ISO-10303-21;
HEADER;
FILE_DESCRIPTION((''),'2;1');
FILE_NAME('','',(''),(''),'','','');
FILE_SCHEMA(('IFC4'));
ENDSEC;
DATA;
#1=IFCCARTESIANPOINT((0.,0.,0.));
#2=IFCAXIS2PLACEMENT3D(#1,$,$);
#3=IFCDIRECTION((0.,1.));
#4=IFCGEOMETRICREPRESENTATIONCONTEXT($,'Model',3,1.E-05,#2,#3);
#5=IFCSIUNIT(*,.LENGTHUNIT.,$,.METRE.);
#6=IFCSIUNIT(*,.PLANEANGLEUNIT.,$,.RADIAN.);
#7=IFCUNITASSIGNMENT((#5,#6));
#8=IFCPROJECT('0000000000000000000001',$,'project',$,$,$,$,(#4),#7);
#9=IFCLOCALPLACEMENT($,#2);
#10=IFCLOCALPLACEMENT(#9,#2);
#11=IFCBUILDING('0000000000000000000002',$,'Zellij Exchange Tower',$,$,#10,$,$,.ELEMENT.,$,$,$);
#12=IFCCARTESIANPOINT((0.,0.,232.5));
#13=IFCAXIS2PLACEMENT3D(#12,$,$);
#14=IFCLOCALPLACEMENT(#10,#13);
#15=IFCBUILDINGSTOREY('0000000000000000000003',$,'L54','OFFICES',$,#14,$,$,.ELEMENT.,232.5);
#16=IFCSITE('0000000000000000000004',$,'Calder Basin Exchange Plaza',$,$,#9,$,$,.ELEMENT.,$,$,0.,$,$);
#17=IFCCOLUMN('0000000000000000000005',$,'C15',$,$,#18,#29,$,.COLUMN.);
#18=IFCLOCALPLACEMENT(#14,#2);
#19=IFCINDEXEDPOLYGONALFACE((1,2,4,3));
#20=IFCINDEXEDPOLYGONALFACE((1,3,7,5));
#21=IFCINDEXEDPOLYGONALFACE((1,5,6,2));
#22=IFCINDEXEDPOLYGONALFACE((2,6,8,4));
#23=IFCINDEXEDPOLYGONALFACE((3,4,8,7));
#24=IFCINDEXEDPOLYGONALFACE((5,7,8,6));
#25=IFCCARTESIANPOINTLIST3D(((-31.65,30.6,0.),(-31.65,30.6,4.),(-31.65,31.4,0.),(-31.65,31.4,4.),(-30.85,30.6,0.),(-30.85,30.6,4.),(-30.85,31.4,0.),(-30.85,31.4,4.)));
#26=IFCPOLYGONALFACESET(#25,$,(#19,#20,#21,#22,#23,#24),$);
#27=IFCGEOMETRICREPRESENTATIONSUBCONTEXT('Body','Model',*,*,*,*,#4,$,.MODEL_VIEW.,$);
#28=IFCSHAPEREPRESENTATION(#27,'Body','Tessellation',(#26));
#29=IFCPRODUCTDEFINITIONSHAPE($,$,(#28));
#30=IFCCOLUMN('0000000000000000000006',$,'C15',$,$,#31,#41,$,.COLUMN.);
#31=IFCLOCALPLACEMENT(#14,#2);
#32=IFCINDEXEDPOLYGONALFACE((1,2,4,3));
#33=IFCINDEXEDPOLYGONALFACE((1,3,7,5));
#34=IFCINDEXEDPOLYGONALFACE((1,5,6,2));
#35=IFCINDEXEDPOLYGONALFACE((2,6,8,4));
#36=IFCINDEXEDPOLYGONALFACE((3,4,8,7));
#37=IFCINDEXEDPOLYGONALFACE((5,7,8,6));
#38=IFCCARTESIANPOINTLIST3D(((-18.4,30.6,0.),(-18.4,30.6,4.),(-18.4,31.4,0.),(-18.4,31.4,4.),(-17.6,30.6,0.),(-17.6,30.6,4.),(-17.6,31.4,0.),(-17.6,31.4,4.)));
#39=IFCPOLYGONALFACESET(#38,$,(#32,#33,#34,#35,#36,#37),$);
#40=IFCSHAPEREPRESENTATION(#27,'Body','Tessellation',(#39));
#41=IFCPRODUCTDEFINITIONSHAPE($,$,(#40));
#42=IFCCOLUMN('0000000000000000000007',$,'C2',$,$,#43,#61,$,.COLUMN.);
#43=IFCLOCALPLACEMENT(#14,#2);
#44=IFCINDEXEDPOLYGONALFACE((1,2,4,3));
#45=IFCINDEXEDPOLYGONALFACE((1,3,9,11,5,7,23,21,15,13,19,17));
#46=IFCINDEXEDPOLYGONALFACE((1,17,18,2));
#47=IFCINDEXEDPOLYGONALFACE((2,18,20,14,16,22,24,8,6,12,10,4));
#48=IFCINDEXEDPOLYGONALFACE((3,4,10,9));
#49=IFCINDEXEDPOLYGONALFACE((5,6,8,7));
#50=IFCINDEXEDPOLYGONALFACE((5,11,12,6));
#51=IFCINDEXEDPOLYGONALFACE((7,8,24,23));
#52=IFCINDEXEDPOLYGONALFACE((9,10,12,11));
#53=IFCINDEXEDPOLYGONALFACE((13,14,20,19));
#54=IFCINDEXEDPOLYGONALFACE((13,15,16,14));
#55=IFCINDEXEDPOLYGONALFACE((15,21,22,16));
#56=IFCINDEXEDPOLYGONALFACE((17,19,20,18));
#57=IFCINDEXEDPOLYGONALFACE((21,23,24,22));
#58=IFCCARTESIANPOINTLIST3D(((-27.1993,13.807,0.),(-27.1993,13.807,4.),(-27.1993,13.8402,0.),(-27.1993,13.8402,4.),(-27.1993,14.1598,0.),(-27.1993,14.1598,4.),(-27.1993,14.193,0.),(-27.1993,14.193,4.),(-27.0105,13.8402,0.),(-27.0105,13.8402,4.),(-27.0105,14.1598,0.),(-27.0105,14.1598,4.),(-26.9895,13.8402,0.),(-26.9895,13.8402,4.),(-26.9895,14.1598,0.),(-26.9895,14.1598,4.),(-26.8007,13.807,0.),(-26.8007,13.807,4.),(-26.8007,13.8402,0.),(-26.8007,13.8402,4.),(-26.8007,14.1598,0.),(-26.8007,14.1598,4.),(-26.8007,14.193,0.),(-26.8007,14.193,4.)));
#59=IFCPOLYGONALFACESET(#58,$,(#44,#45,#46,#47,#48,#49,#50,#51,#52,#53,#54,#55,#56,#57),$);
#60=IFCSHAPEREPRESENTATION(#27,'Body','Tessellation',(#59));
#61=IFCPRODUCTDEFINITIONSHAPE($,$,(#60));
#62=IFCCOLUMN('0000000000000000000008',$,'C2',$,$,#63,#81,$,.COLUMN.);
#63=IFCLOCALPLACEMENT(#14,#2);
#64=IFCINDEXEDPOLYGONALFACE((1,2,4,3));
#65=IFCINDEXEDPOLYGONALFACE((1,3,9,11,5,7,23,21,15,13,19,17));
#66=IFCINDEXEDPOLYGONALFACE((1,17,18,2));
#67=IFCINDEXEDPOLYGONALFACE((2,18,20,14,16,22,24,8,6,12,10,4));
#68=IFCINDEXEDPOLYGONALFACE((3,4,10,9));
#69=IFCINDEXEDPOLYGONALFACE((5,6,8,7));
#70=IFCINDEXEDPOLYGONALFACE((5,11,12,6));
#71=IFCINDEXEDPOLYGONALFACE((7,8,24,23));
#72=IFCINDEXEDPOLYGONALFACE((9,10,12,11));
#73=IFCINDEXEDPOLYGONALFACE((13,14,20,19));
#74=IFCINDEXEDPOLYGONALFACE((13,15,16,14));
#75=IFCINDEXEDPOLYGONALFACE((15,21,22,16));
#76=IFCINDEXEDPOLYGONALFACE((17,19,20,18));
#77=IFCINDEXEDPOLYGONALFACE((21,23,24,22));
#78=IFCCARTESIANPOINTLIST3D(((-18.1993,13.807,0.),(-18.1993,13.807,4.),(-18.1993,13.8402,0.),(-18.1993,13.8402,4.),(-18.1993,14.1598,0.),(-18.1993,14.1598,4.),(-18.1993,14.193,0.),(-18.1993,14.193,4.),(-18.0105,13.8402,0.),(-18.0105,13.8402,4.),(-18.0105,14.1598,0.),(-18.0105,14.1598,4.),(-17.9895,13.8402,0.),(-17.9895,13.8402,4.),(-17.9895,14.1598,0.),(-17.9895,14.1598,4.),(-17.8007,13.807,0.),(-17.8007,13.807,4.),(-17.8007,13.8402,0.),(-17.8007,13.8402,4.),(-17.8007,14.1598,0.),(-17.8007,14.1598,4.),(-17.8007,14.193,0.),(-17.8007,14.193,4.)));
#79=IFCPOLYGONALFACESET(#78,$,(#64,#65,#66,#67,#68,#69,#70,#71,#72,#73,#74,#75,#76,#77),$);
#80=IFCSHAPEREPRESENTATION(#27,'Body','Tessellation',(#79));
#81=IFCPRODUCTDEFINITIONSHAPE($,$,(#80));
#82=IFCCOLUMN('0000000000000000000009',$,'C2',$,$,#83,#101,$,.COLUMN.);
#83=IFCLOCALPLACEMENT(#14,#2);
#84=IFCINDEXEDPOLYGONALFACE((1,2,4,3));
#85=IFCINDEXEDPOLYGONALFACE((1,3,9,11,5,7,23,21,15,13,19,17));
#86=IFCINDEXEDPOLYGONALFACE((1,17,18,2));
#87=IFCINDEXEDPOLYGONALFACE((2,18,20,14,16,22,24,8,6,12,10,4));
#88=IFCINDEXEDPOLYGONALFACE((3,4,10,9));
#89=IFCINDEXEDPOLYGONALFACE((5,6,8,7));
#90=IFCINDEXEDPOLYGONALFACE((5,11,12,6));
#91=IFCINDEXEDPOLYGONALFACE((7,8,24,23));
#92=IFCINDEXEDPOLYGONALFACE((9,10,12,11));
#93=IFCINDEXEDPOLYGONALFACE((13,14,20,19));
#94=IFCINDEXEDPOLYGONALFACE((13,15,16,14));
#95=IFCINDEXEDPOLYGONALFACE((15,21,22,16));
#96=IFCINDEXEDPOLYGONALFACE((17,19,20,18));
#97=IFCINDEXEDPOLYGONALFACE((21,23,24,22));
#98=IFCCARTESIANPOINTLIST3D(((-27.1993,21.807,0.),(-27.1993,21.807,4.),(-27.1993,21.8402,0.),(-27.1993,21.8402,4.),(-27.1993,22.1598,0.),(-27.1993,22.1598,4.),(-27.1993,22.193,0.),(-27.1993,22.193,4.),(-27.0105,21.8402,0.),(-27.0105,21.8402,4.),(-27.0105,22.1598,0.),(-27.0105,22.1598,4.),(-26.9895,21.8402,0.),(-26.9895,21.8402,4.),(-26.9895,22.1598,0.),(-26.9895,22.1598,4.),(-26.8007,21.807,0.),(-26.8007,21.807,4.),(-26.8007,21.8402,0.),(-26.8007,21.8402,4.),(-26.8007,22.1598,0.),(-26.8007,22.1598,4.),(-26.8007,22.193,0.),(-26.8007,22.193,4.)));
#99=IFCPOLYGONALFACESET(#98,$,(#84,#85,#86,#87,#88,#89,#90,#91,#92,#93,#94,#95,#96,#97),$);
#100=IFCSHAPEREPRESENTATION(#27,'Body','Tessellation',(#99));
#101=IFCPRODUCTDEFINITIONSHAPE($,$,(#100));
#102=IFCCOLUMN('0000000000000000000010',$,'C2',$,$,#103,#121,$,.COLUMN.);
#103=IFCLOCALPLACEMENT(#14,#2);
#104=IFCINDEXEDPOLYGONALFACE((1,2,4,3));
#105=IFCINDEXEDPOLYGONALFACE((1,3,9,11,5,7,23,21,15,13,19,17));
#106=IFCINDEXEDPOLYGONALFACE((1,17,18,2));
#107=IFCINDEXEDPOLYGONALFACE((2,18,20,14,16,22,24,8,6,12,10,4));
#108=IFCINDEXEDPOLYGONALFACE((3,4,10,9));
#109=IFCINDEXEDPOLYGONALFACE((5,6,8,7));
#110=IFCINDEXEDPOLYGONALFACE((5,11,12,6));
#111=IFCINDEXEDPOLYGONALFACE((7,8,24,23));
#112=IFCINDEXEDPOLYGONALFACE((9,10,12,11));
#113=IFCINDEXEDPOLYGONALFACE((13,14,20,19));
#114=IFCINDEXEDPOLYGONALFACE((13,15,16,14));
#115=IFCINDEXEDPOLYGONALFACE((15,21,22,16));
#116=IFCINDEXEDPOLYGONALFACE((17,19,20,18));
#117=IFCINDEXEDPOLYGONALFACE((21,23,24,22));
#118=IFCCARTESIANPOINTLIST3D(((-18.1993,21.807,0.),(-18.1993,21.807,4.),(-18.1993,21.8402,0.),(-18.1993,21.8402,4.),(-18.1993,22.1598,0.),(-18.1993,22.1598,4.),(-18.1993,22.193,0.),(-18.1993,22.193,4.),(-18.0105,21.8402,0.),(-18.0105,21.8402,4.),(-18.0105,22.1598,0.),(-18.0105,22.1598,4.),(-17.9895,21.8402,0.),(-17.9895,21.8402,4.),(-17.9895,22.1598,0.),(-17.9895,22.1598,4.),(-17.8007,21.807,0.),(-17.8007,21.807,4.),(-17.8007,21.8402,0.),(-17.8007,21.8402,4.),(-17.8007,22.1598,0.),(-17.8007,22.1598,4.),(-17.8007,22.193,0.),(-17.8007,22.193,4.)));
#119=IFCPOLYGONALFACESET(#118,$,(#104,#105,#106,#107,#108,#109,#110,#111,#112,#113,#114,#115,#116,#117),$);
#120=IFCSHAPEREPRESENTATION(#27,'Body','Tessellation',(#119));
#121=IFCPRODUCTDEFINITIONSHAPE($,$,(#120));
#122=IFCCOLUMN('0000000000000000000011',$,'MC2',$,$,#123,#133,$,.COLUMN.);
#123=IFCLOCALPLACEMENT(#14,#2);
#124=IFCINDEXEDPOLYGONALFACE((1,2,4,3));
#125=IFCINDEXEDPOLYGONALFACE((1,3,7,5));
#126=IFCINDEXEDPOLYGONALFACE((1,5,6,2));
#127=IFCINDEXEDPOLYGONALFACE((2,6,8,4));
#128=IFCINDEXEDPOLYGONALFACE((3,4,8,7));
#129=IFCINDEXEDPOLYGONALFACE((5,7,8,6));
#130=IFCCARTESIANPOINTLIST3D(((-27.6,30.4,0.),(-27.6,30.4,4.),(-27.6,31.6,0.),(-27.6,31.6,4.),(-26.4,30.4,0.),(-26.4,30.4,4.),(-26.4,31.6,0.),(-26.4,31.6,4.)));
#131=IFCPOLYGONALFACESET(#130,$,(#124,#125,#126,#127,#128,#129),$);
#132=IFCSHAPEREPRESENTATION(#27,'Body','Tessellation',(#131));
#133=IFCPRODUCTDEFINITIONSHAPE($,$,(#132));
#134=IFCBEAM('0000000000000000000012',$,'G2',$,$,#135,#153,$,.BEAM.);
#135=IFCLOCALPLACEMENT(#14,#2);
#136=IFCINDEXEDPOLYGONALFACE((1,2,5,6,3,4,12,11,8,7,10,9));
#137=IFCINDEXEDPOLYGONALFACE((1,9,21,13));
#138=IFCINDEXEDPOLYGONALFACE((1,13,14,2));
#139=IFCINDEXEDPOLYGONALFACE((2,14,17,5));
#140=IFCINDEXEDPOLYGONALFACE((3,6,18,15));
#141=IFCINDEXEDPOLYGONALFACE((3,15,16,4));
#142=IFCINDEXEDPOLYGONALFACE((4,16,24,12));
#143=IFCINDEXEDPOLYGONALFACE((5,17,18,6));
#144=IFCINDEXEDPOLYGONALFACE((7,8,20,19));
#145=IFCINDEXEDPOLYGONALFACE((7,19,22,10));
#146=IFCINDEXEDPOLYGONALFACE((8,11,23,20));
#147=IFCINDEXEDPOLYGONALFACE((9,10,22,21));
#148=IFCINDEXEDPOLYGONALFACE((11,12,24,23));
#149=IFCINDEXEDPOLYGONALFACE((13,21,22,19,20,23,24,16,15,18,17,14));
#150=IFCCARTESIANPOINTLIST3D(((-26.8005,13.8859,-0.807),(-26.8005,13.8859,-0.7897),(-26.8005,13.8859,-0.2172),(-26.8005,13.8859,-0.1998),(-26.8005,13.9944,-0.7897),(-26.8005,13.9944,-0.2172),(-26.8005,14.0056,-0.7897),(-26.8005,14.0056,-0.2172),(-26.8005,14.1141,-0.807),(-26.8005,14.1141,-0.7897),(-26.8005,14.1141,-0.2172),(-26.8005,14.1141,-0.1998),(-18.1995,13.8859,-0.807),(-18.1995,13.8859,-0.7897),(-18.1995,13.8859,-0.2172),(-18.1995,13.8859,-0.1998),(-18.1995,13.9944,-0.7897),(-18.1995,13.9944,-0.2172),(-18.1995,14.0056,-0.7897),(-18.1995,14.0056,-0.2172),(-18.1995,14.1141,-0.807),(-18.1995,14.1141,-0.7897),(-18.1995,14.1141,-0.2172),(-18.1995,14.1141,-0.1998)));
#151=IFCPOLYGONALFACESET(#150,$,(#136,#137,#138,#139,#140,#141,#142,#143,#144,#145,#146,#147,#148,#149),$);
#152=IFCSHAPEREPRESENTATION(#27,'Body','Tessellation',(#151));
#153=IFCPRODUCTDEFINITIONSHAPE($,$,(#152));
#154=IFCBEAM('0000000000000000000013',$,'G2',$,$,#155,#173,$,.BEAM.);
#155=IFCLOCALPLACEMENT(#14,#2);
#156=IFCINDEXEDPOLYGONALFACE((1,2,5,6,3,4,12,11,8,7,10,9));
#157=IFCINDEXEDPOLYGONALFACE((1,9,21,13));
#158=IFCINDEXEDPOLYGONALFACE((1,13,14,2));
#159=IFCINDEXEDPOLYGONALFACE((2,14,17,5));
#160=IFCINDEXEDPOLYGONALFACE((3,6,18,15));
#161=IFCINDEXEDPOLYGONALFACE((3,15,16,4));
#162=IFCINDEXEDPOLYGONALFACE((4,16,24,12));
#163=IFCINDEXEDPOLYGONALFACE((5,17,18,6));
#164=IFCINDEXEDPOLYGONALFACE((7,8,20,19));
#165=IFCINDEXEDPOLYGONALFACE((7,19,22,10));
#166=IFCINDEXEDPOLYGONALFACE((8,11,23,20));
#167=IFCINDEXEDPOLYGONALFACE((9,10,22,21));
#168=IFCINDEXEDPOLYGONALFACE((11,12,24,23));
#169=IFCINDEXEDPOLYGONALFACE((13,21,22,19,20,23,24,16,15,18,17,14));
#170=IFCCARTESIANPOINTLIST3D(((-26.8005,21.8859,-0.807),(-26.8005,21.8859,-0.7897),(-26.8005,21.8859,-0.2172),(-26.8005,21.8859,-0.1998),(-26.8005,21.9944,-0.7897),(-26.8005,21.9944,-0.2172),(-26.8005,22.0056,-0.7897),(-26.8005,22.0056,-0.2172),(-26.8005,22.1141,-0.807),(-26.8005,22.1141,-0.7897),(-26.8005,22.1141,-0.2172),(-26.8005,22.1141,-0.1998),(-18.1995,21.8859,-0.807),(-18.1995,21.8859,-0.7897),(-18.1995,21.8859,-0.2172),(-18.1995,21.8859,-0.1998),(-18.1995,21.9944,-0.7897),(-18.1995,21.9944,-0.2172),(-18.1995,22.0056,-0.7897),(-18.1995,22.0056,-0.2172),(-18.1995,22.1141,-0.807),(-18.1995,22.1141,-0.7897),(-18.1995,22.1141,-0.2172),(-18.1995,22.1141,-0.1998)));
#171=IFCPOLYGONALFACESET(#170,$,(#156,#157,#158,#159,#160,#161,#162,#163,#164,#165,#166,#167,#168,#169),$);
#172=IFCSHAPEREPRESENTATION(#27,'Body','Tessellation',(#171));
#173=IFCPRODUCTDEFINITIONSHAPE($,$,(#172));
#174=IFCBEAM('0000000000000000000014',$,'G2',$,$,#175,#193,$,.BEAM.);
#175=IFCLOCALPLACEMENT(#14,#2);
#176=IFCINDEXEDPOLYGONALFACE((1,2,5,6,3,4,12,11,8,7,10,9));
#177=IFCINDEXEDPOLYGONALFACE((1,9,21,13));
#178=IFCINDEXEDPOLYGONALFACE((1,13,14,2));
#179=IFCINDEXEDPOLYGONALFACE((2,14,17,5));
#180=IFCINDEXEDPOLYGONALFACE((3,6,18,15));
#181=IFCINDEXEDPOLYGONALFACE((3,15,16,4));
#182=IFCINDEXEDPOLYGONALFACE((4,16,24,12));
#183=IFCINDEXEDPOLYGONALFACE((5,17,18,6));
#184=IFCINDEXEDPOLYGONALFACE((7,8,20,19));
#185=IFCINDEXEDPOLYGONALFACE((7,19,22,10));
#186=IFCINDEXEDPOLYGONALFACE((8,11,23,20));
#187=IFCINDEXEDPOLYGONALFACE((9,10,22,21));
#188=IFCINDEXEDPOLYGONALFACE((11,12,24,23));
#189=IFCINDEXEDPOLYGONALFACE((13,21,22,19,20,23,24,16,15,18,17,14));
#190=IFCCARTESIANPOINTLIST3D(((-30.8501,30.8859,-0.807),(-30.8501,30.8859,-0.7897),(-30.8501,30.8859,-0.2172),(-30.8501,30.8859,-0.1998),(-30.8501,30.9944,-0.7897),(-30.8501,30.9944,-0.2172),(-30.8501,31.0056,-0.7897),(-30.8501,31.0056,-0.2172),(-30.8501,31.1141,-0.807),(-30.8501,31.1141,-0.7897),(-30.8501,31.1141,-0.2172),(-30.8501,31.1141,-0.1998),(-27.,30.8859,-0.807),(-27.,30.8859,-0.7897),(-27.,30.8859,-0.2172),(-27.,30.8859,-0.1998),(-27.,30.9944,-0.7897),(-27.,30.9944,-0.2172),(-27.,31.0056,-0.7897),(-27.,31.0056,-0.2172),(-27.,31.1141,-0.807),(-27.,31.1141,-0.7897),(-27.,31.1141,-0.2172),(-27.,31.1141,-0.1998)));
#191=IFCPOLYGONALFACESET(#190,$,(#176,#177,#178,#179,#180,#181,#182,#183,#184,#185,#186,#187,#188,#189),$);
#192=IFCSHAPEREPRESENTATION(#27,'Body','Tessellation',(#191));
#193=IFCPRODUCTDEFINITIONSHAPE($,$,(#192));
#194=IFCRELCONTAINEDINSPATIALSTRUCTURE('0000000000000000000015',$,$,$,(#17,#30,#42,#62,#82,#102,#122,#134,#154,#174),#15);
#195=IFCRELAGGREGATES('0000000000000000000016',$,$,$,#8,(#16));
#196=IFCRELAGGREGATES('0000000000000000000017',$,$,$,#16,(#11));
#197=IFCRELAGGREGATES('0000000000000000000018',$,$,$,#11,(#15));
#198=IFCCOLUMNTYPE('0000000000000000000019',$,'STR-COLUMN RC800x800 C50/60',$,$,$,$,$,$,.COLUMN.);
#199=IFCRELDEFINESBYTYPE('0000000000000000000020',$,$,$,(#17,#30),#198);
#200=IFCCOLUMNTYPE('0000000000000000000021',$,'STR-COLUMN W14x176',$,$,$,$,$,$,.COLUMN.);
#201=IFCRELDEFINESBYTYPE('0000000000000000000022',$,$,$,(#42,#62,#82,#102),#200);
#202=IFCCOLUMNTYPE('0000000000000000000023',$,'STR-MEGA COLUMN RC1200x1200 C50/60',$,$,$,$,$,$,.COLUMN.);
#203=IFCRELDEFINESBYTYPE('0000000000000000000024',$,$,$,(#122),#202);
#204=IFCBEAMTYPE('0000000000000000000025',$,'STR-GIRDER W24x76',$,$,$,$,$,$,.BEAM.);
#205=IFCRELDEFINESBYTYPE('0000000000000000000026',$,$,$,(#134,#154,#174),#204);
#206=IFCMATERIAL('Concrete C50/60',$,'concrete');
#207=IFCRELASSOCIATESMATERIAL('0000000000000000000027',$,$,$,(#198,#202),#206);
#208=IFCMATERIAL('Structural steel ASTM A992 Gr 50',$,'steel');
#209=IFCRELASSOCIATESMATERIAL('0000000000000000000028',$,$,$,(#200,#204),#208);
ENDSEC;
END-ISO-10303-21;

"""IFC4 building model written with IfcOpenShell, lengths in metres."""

from ifc_helpers import new_model, si_unit, direction, frame, origin, origin_2d, place, context, subcontext, project, spatial, rectangle, i_section, extrude, material, material_profile, profile_set, type_object, element, save


model = new_model("IFC4")

# Units and contexts
model_context = context("Model", 3, precision=1e-05, world=origin(), true_north=direction((0.0, 1.0)))
body_context = subcontext(model_context, "Body", "Model", "MODEL_VIEW")
ifc_project = project(units=[si_unit("LENGTHUNIT", "METRE"), si_unit("PLANEANGLEUNIT", "RADIAN")], contexts=[model_context])

# Site, building, storey
site_placement = place(None, origin())
site = spatial("IfcSite", under=ifc_project, at=site_placement, Name="Calder Basin Exchange Plaza", CompositionType="ELEMENT", RefElevation=0.0)
building_placement = place(site_placement, origin())
building = spatial("IfcBuilding", under=site, at=building_placement, Name="Zellij Exchange Tower", CompositionType="ELEMENT")
storey_placement = place(building_placement, frame((0.0, 0.0, 232.5)))
storey = spatial("IfcBuildingStorey", under=building, at=storey_placement, Name="L54", Description="OFFICES", CompositionType="ELEMENT", Elevation=232.5)

# Columns
ifc_material_1 = material(Name="Concrete C50/60", Category="concrete")
ifc_material_profile_1 = material_profile(ifc_material_1, rectangle(XDim=0.8, YDim=0.8, at=origin_2d()), Name="STR-COLUMN RC800x800 C50/60")
ifc_profile_set_1 = profile_set([ifc_material_profile_1], Name="Concrete C50/60")
column_type_1 = type_object("IfcColumnType", Name="STR-COLUMN RC800x800 C50/60", PredefinedType="COLUMN", material=ifc_profile_set_1)
for number, where, z_axis, x_axis, name in (
    (1, (-31.25, 31.0, 0.0), (0.0, 0.0, 1.0), (1.0, 0.0, 0.0), "C15"),
    (2, (-18.0, 31.0, 0.0), (0.0, 0.0, 1.0), (1.0, 0.0, 0.0), "C15"),
):
    element("IfcColumn", number, at=place(storey_placement, frame(where, z_axis=z_axis, x_axis=x_axis)), inside=storey, type_object=column_type_1, Name=name, PredefinedType="COLUMN", context=body_context, shape_type="SweptSolid", body=[
        extrude(rectangle(XDim=0.8, YDim=0.8, at=origin_2d()), origin(), (0.0, 0.0, 1.0), 4.0),
    ])
ifc_material_2 = material(Name="Structural steel ASTM A992 Gr 50", Category="steel")
ifc_material_profile_2 = material_profile(ifc_material_2, i_section(OverallWidth=0.3987, OverallDepth=0.386, WebThickness=0.021, FlangeThickness=0.0332, at=origin_2d()), Name="W14x176")
ifc_profile_set_2 = profile_set([ifc_material_profile_2], Name="Structural steel ASTM A992 Gr 50")
column_type_2 = type_object("IfcColumnType", Name="STR-COLUMN W14x176", PredefinedType="COLUMN", material=ifc_profile_set_2)
for number, where, z_axis, x_axis, name in (
    (3, (-27.0, 14.0, 0.0), (0.0, 0.0, 1.0), (1.0, 0.0, 0.0), "C2"),
    (4, (-18.0, 14.0, 0.0), (0.0, 0.0, 1.0), (1.0, 0.0, 0.0), "C2"),
    (5, (-27.0, 22.0, 0.0), (0.0, 0.0, 1.0), (1.0, 0.0, 0.0), "C2"),
    (6, (-18.0, 22.0, 0.0), (0.0, 0.0, 1.0), (1.0, 0.0, 0.0), "C2"),
):
    element("IfcColumn", number, at=place(storey_placement, frame(where, z_axis=z_axis, x_axis=x_axis)), inside=storey, type_object=column_type_2, Name=name, PredefinedType="COLUMN", context=body_context, shape_type="SweptSolid", body=[
        extrude(i_section(OverallWidth=0.3987, OverallDepth=0.386, WebThickness=0.021, FlangeThickness=0.0332, at=origin_2d()), origin(), (0.0, 0.0, 1.0), 4.0),
    ])
ifc_material_profile_3 = material_profile(ifc_material_1, rectangle(XDim=1.2, YDim=1.2, at=origin_2d()), Name="STR-MEGA COLUMN RC1200x1200 C50/60")
ifc_profile_set_3 = profile_set([ifc_material_profile_3], Name="Concrete C50/60")
column_type_3 = type_object("IfcColumnType", Name="STR-MEGA COLUMN RC1200x1200 C50/60", PredefinedType="COLUMN", material=ifc_profile_set_3)
column_placement = place(storey_placement, frame((-27.0, 31.0, 0.0), z_axis=(0.0, 0.0, 1.0), x_axis=(1.0, 0.0, 0.0)))
element("IfcColumn", 7, at=column_placement, inside=storey, type_object=column_type_3, Name="MC2", PredefinedType="COLUMN", context=body_context, shape_type="SweptSolid", body=[
    extrude(rectangle(XDim=1.2, YDim=1.2, at=origin_2d()), origin(), (0.0, 0.0, 1.0), 4.0),
])

# Beams
ifc_material_profile_4 = material_profile(ifc_material_2, i_section(OverallWidth=0.2283, OverallDepth=0.6072, WebThickness=0.0112, FlangeThickness=0.0173, at=origin_2d()), Name="W24x76")
ifc_profile_set_4 = profile_set([ifc_material_profile_4], Name="Structural steel ASTM A992 Gr 50")
beam_type = type_object("IfcBeamType", Name="STR-GIRDER W24x76", PredefinedType="BEAM", material=ifc_profile_set_4)
for number, where, z_axis, x_axis, name in (
    (8, (-26.8005, 14.0, -0.5034), (1.0, 0.0, 0.0), (0.0, 1.0, 0.0), "G2"),
    (9, (-26.8005, 22.0, -0.5034), (1.0, 0.0, 0.0), (0.0, 1.0, 0.0), "G2"),
):
    element("IfcBeam", number, at=place(storey_placement, frame(where, z_axis=z_axis, x_axis=x_axis)), inside=storey, type_object=beam_type, Name=name, PredefinedType="BEAM", context=body_context, shape_type="SweptSolid", body=[
        extrude(i_section(OverallWidth=0.2283, OverallDepth=0.6072, WebThickness=0.0112, FlangeThickness=0.0173, at=origin_2d()), origin(), (0.0, 0.0, 1.0), 8.6011),
    ])
beam_1_placement = place(storey_placement, frame((-30.8501, 31.0, -0.5034), z_axis=(1.0, 0.0, 0.0), x_axis=(0.0, 1.0, 0.0)))
element("IfcBeam", 10, at=beam_1_placement, inside=storey, type_object=beam_type, Name="G2", PredefinedType="BEAM", context=body_context, shape_type="SweptSolid", body=[
    extrude(i_section(OverallWidth=0.2283, OverallDepth=0.6072, WebThickness=0.0112, FlangeThickness=0.0173, at=origin_2d()), origin(), (0.0, 0.0, 1.0), 3.8501),
])

save(model, "model.ifc")
